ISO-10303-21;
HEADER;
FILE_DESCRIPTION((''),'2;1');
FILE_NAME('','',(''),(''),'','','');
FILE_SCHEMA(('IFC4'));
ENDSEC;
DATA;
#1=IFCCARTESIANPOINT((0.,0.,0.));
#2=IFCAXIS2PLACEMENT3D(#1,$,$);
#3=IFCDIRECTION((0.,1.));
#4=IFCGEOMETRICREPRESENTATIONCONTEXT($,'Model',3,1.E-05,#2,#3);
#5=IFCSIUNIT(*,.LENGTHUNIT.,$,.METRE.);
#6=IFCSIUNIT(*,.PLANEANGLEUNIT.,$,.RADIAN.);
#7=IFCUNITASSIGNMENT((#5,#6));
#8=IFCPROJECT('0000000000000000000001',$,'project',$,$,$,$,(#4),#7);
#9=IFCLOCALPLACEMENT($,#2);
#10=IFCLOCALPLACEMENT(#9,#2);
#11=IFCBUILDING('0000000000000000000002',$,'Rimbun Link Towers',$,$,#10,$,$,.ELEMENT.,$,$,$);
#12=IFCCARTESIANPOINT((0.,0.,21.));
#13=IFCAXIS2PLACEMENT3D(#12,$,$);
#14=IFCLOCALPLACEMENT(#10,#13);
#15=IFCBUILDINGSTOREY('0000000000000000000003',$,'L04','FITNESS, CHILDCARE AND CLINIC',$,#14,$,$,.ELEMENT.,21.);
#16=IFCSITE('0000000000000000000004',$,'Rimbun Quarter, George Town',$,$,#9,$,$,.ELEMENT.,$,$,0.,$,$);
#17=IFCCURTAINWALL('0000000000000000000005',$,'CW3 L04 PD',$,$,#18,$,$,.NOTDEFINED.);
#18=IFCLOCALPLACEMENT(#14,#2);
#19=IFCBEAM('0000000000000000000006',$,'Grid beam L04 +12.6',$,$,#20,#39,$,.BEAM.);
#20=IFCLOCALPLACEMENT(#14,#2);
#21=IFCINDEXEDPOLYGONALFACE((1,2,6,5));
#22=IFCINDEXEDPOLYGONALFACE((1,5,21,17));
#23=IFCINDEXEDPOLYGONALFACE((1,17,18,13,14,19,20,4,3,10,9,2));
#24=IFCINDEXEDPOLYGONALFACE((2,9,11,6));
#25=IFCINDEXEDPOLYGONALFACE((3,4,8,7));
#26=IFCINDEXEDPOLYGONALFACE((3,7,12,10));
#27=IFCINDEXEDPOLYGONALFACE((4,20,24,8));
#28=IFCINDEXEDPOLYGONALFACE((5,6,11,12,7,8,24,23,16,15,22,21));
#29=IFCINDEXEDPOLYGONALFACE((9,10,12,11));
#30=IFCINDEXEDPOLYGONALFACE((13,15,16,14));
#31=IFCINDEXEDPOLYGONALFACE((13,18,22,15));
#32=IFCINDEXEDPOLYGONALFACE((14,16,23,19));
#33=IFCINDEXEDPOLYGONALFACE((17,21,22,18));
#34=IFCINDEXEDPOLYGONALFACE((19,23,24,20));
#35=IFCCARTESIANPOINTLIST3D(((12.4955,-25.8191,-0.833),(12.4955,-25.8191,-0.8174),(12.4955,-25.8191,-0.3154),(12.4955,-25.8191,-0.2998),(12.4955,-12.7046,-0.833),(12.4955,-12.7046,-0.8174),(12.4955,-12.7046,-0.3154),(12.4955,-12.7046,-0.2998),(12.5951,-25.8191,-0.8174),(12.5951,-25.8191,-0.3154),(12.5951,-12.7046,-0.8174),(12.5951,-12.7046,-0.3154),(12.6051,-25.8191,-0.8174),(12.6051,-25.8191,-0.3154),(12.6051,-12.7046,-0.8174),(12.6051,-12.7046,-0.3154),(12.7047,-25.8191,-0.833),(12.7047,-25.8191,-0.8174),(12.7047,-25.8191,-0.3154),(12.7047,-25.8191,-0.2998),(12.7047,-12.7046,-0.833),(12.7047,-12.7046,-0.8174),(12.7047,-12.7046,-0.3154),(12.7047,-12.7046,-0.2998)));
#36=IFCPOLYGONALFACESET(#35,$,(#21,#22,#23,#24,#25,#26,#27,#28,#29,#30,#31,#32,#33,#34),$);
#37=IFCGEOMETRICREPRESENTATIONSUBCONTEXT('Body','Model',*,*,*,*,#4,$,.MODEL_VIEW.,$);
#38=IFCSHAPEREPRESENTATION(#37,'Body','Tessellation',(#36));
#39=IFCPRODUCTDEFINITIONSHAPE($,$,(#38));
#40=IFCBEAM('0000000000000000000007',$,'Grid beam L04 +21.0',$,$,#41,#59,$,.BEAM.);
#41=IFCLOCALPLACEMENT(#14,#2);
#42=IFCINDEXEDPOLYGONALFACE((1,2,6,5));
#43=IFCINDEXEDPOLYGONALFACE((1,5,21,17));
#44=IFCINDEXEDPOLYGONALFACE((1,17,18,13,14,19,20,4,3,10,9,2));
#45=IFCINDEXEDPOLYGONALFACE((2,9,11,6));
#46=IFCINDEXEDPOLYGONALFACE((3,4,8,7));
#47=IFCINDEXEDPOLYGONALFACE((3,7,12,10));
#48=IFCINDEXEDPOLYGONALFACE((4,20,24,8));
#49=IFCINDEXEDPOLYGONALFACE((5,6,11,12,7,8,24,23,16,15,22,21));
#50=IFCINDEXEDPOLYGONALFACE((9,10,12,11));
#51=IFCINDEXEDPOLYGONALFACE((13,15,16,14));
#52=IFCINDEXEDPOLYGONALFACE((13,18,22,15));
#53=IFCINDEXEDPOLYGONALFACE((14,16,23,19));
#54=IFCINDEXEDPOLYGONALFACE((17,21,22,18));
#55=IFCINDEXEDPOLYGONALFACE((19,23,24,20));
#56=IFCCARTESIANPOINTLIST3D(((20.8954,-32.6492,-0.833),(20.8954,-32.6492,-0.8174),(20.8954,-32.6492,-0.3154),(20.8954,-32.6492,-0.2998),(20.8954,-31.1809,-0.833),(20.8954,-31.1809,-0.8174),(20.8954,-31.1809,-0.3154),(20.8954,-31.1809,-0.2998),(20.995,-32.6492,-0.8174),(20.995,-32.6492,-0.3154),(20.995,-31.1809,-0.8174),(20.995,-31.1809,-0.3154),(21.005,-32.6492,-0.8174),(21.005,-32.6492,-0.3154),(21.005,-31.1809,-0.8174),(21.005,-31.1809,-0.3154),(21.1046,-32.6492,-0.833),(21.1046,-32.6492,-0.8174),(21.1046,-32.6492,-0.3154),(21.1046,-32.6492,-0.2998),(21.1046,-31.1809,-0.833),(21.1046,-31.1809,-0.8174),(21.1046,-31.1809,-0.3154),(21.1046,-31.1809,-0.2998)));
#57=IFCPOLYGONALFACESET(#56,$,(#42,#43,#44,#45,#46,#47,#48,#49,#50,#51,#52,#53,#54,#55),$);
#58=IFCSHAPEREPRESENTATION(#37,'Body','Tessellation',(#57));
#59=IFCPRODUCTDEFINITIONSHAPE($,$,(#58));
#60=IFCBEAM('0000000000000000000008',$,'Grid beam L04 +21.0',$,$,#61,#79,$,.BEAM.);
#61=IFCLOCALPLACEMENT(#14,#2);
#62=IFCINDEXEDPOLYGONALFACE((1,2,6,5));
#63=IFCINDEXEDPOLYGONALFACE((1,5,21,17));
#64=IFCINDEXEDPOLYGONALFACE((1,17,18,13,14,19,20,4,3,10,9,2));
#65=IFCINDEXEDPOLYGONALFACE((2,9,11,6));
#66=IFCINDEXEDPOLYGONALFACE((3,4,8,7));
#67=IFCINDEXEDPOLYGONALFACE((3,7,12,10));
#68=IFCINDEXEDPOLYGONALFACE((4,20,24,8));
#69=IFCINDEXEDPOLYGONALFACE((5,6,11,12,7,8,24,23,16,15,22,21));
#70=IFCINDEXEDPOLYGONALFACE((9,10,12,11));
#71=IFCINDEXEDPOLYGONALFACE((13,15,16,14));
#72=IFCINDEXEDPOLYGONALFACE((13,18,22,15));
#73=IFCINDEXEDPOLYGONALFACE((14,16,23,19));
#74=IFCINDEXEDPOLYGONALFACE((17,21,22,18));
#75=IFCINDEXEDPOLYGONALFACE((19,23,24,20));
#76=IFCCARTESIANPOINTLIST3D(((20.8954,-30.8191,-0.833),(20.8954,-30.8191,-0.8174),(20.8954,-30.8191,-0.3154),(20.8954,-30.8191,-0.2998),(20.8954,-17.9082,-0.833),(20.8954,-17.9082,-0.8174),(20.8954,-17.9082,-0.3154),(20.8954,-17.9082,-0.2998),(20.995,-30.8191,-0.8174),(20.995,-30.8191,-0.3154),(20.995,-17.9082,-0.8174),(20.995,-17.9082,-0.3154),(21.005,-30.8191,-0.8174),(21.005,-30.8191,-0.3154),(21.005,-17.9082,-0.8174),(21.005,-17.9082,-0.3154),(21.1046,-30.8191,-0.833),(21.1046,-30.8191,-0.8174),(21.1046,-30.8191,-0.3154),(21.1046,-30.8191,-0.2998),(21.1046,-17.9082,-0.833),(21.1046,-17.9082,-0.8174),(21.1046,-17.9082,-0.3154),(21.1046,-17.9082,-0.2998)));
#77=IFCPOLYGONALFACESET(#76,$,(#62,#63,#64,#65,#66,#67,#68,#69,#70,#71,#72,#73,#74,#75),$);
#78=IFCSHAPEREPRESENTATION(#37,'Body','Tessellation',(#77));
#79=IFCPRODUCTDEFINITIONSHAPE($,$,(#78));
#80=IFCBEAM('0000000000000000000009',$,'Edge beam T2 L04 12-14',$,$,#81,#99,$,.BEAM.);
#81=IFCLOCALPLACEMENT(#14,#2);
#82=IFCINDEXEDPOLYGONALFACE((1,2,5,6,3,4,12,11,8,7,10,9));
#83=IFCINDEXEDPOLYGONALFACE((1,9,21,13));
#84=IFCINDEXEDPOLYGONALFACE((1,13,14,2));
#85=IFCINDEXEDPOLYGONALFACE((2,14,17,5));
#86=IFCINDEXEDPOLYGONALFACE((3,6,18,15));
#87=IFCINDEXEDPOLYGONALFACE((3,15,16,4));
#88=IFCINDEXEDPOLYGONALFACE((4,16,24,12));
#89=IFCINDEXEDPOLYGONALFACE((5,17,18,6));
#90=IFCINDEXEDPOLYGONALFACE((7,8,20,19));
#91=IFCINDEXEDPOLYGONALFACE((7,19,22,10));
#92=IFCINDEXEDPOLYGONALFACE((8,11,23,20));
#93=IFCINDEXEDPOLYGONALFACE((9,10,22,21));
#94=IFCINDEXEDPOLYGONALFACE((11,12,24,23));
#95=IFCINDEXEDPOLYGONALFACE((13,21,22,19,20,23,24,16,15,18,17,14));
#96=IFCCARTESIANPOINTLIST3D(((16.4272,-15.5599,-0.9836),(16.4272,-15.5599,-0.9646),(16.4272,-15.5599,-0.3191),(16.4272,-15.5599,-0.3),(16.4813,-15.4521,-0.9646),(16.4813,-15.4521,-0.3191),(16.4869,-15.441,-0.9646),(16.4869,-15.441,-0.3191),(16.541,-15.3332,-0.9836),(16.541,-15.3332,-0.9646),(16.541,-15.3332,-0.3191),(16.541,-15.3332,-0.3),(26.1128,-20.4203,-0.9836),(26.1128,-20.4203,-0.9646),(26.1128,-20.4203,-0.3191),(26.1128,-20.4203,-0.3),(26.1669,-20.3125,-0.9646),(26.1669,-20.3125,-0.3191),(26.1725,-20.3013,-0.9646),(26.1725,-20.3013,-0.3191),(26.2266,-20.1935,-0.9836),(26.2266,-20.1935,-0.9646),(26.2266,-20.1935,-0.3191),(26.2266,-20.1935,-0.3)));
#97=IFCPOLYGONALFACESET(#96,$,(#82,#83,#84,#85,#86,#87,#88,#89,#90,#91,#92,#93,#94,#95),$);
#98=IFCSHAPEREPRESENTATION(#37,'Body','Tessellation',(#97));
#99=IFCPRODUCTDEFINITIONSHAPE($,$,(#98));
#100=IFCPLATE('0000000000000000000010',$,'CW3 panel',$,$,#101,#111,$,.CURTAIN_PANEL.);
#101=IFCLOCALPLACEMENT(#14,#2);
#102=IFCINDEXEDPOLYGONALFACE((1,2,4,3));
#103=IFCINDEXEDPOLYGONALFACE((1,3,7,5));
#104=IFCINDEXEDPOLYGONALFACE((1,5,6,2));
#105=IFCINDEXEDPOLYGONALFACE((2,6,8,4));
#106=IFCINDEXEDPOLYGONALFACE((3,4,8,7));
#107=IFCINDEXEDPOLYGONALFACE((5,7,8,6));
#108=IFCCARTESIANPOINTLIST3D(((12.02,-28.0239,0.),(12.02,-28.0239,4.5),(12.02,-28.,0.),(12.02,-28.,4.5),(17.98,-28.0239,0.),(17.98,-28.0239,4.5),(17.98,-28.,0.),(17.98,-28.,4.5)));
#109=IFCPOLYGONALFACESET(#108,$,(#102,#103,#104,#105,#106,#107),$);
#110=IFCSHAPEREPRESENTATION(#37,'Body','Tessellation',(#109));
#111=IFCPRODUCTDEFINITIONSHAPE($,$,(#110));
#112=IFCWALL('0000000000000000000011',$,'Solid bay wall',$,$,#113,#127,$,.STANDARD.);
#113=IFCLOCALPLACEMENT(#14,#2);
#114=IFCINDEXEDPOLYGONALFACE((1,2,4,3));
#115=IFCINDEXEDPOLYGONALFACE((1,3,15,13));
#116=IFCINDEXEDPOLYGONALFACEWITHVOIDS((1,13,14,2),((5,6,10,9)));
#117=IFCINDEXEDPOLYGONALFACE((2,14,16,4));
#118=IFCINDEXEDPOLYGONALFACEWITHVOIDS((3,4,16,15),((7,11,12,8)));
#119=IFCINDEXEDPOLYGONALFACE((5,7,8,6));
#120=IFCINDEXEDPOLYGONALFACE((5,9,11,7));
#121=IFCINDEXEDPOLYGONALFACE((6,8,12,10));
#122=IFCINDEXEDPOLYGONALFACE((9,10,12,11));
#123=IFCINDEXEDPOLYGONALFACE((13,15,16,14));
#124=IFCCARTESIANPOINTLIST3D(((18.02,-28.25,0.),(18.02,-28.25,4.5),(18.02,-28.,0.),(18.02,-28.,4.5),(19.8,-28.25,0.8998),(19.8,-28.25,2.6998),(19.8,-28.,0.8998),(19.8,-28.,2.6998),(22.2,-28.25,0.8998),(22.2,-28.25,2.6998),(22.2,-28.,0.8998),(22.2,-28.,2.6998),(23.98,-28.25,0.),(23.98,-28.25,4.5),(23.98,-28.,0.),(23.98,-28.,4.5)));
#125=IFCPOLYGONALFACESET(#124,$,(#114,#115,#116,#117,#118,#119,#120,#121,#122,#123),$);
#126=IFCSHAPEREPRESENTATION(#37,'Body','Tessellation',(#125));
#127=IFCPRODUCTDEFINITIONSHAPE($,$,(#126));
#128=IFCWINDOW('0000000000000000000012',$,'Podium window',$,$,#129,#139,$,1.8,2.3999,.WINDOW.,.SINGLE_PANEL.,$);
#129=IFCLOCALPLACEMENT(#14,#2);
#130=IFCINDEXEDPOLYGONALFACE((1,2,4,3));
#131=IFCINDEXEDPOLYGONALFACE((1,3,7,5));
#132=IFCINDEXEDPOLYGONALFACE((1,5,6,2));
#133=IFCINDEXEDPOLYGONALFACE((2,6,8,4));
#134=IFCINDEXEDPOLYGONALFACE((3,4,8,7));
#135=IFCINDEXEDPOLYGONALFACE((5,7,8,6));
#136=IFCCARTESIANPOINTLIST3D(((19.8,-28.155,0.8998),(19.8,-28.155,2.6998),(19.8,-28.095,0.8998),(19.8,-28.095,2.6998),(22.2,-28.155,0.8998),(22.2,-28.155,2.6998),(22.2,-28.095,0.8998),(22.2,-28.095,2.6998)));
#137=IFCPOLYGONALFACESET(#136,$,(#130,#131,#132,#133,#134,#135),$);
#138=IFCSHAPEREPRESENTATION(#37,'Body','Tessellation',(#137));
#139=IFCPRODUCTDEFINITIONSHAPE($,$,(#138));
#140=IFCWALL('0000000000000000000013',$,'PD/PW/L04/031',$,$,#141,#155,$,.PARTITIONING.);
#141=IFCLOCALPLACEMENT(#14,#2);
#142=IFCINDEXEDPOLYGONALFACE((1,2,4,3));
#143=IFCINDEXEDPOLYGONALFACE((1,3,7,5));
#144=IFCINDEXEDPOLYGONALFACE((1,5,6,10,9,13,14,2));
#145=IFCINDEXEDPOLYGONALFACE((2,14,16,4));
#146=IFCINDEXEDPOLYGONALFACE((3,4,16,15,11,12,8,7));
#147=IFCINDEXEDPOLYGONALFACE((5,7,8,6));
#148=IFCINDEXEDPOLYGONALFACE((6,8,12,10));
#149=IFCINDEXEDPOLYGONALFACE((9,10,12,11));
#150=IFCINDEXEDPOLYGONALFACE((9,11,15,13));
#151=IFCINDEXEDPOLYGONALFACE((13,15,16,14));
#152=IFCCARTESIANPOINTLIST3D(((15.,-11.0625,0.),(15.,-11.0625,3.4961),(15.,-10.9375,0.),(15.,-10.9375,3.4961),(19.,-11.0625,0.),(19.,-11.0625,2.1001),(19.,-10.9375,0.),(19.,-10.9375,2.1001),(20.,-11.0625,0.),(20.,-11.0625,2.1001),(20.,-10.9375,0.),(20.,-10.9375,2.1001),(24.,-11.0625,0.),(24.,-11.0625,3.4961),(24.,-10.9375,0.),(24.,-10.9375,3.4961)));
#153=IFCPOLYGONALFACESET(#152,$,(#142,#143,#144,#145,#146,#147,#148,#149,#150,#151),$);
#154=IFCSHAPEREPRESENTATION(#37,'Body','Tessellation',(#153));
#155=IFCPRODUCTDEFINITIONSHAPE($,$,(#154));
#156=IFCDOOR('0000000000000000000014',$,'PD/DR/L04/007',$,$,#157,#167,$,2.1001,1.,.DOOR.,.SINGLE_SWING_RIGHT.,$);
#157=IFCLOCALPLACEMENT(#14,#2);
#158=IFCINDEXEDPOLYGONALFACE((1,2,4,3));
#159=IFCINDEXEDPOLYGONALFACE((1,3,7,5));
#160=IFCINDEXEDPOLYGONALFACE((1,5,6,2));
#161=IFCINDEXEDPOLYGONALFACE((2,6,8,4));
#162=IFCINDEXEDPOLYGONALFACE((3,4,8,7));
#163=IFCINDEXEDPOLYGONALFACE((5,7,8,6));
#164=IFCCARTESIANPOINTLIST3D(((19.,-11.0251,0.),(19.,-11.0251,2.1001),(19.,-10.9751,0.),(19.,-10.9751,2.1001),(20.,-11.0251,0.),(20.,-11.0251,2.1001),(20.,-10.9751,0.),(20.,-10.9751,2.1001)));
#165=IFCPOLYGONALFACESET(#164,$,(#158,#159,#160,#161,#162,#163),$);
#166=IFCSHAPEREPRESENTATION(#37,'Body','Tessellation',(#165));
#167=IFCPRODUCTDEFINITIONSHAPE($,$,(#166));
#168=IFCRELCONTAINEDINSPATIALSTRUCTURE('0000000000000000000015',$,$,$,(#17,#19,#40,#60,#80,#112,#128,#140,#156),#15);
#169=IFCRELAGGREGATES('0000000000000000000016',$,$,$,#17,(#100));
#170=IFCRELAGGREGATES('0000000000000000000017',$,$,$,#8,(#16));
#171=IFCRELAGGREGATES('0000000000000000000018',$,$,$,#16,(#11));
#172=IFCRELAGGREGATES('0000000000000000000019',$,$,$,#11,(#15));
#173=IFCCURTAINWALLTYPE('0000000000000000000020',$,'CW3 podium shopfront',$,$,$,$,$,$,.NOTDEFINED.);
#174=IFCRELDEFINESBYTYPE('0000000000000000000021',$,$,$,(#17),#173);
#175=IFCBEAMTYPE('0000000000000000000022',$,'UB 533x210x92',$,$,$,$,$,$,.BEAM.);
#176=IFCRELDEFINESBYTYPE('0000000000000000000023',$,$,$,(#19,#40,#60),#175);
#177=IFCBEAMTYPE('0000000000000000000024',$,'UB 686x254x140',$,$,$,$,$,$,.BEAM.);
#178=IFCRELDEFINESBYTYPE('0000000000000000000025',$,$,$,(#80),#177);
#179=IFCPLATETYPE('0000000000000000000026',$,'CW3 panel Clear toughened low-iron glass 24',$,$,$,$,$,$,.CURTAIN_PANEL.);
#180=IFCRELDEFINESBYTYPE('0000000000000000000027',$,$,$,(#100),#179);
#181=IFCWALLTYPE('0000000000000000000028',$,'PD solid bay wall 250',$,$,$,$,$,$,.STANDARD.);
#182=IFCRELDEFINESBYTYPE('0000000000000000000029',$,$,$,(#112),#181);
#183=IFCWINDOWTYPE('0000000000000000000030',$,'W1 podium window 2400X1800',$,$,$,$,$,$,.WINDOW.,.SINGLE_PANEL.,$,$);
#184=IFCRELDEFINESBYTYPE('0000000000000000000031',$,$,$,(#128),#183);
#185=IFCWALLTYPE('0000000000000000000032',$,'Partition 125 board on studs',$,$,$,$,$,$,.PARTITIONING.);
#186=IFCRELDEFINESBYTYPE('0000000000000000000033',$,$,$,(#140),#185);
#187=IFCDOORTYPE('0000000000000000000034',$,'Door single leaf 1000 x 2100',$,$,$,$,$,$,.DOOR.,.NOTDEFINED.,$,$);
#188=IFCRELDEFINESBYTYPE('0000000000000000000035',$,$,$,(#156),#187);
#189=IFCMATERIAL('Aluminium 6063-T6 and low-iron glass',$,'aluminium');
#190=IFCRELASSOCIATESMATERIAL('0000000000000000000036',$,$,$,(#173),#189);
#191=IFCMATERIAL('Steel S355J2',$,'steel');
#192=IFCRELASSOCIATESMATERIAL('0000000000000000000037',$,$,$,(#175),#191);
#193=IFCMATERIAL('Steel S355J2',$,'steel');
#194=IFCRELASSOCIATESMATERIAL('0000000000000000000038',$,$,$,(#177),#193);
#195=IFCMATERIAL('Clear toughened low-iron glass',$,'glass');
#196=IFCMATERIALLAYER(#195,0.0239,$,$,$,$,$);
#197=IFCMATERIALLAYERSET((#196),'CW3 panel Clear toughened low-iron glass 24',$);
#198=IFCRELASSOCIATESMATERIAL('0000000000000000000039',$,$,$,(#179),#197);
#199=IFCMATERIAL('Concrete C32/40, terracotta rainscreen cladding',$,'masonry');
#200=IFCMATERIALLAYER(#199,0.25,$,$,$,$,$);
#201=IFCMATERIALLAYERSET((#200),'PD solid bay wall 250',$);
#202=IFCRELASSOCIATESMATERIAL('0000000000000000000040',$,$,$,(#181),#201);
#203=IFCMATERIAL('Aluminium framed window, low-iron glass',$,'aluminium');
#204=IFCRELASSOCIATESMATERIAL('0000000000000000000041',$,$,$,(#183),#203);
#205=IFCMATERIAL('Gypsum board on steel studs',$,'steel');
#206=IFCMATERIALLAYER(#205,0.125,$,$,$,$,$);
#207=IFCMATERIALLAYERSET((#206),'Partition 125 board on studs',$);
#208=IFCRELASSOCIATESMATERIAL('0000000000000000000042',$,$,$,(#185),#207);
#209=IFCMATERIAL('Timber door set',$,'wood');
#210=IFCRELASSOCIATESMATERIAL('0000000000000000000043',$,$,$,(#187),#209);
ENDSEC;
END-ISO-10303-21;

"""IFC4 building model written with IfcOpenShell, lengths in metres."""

from ifc_helpers import new_model, si_unit, direction, frame, frame_2d, origin, origin_2d, place, context, subcontext, project, spatial, rectangle, i_section, extrude, material, layer, layer_set, material_profile, profile_set, type_object, element, fill, aggregate, save


model = new_model("IFC4")

# Units and contexts
model_context = context("Model", 3, precision=1e-05, world=origin(), true_north=direction((0.0, 1.0)))
body_context = subcontext(model_context, "Body", "Model", "MODEL_VIEW")
ifc_project = project(units=[si_unit("LENGTHUNIT", "METRE"), si_unit("PLANEANGLEUNIT", "RADIAN")], contexts=[model_context])

# Site, building, storey
site_placement = place(None, origin())
site = spatial("IfcSite", under=ifc_project, at=site_placement, Name="Rimbun Quarter, George Town", CompositionType="ELEMENT", RefElevation=0.0)
building_placement = place(site_placement, origin())
building = spatial("IfcBuilding", under=site, at=building_placement, Name="Rimbun Link Towers", CompositionType="ELEMENT")
storey_placement = place(building_placement, frame((0.0, 0.0, 21.0)))
storey = spatial("IfcBuildingStorey", under=building, at=storey_placement, Name="L04", Description="FITNESS, CHILDCARE AND CLINIC", CompositionType="ELEMENT", Elevation=21.0)

# Curtain wall
ifc_material_1 = material(Name="Aluminium 6063-T6 and low-iron glass", Category="aluminium")
curtain_wall_type = type_object("IfcCurtainWallType", Name="CW3 podium shopfront", PredefinedType="NOTDEFINED", material=ifc_material_1)
curtain_wall_placement = place(storey_placement, origin())
curtain_wall = element("IfcCurtainWall", 1, at=curtain_wall_placement, inside=storey, type_object=curtain_wall_type, Name="CW3 L04 PD", PredefinedType="NOTDEFINED")

# Beams
ifc_material_2 = material(Name="Steel S355J2", Category="steel")
ifc_material_profile_1 = material_profile(ifc_material_2, i_section(OverallWidth=0.2092, OverallDepth=0.5332, WebThickness=0.01, FlangeThickness=0.0156, at=origin_2d()), Name="UB 533x210x92")
ifc_profile_set_1 = profile_set([ifc_material_profile_1], Name="Steel S355J2")
beam_type_1 = type_object("IfcBeamType", Name="UB 533x210x92", PredefinedType="BEAM", material=ifc_profile_set_1)
beam_1_placement = place(storey_placement, frame((12.6001, -25.8191, -0.5664), z_axis=(0.0, 1.0, 0.0), x_axis=(-1.0, 0.0, 0.0)))
element("IfcBeam", 2, at=beam_1_placement, inside=storey, type_object=beam_type_1, Name="Grid beam L04 +12.6", PredefinedType="BEAM", context=body_context, shape_type="SweptSolid", body=[
    extrude(i_section(OverallWidth=0.2092, OverallDepth=0.5332, WebThickness=0.01, FlangeThickness=0.0156, at=origin_2d()), origin(), (0.0, 0.0, 1.0), 13.1145),
])
beam_2_placement = place(storey_placement, frame((21.0, -32.6492, -0.5664), z_axis=(0.0, 1.0, 0.0), x_axis=(-1.0, 0.0, 0.0)))
element("IfcBeam", 3, at=beam_2_placement, inside=storey, type_object=beam_type_1, Name="Grid beam L04 +21.0", PredefinedType="BEAM", context=body_context, shape_type="SweptSolid", body=[
    extrude(i_section(OverallWidth=0.2092, OverallDepth=0.5332, WebThickness=0.01, FlangeThickness=0.0156, at=origin_2d()), origin(), (0.0, 0.0, 1.0), 1.4683),
])
beam_3_placement = place(storey_placement, frame((21.0, -30.8191, -0.5664), z_axis=(0.0, 1.0, 0.0), x_axis=(-1.0, 0.0, 0.0)))
element("IfcBeam", 4, at=beam_3_placement, inside=storey, type_object=beam_type_1, Name="Grid beam L04 +21.0", PredefinedType="BEAM", context=body_context, shape_type="SweptSolid", body=[
    extrude(i_section(OverallWidth=0.2092, OverallDepth=0.5332, WebThickness=0.01, FlangeThickness=0.0156, at=origin_2d()), origin(), (0.0, 0.0, 1.0), 12.9109),
])
ifc_material_3 = material(Name="Steel S355J2", Category="steel")
ifc_material_profile_2 = material_profile(ifc_material_3, i_section(OverallWidth=0.2537, OverallDepth=0.6836, WebThickness=0.0125, FlangeThickness=0.019, at=origin_2d()), Name="UB 686x254x140")
ifc_profile_set_2 = profile_set([ifc_material_profile_2], Name="Steel S355J2")
beam_type_2 = type_object("IfcBeamType", Name="UB 686x254x140", PredefinedType="BEAM", material=ifc_profile_set_2)
beam_4_placement = place(storey_placement, frame((16.4841, -15.4465, -0.6418), z_axis=(0.893777, -0.448511, 0.0), x_axis=(0.448511, 0.893777, 0.0)))
element("IfcBeam", 5, at=beam_4_placement, inside=storey, type_object=beam_type_2, Name="Edge beam T2 L04 12-14", PredefinedType="BEAM", context=body_context, shape_type="SweptSolid", body=[
    extrude(i_section(OverallWidth=0.2537, OverallDepth=0.6836, WebThickness=0.0125, FlangeThickness=0.019, at=origin_2d()), origin(), (0.0, 0.0, 1.0), 10.8367),
])

# Plate
ifc_material_4 = material(Name="Clear toughened low-iron glass", Category="glass")
ifc_layer_1 = layer(ifc_material_4, 0.0239)
ifc_layer_set_1 = layer_set([ifc_layer_1], Name="CW3 panel Clear toughened low-iron glass 24")
plate_type = type_object("IfcPlateType", Name="CW3 panel Clear toughened low-iron glass 24", PredefinedType="CURTAIN_PANEL", material=ifc_layer_set_1)
plate_placement = place(storey_placement, frame((15.0, -28.012, 0.0), z_axis=(0.0, 0.0, 1.0), x_axis=(-1.0, 0.0, 0.0)))
plate = element("IfcPlate", 6, at=plate_placement, type_object=plate_type, Name="CW3 panel", PredefinedType="CURTAIN_PANEL", context=body_context, shape_type="SweptSolid", body=[
    extrude(rectangle(XDim=5.96, YDim=0.0239, at=origin_2d()), origin(), (0.0, 0.0, 1.0), 4.5),
])
aggregate(curtain_wall, [plate])

# Wall, opening, window
ifc_material_5 = material(Name="Concrete C32/40, terracotta rainscreen cladding", Category="masonry")
ifc_layer_2 = layer(ifc_material_5, 0.25)
ifc_layer_set_2 = layer_set([ifc_layer_2], Name="PD solid bay wall 250")
wall_type_1 = type_object("IfcWallType", Name="PD solid bay wall 250", PredefinedType="STANDARD", material=ifc_layer_set_2)
wall_1_placement = place(storey_placement, frame((23.98, -28.125, 0.0), z_axis=(0.0, 0.0, 1.0), x_axis=(-1.0, 0.0, 0.0)))
wall_1 = element("IfcWall", 7, at=wall_1_placement, inside=storey, type_object=wall_type_1, Name="Solid bay wall", PredefinedType="STANDARD", context=body_context, shape_type="SweptSolid", body=[
    extrude(rectangle(XDim=5.96, YDim=0.25, at=frame_2d((2.98, 0.0))), origin(), (0.0, 0.0, 1.0), 4.5),
])
opening_1_placement = place(wall_1_placement, frame((1.78, 0.0, 0.8999)))
opening_1 = element("IfcOpeningElement", 8, at=opening_1_placement, cuts=wall_1, PredefinedType="OPENING", context=body_context, shape_type="SweptSolid", body=[
    extrude(rectangle(XDim=2.3999, YDim=1.8, at=frame_2d((1.2, 0.8999))), frame((0.0, 0.135, 0.0), z_axis=(0.0, -1.0, 0.0), x_axis=(1.0, 0.0, 0.0)), (0.0, 0.0, 1.0), 0.27),
])
ifc_material_6 = material(Name="Aluminium framed window, low-iron glass", Category="aluminium")
window_type = type_object("IfcWindowType", Name="W1 podium window 2400X1800", PartitioningType="SINGLE_PANEL", PredefinedType="WINDOW", material=ifc_material_6)
window_placement = place(opening_1_placement, origin())
window = element("IfcWindow", 9, at=window_placement, inside=storey, type_object=window_type, Name="Podium window", OverallHeight=1.8, OverallWidth=2.3999, PartitioningType="SINGLE_PANEL", PredefinedType="WINDOW", context=body_context, shape_type="SweptSolid", body=[
    extrude(rectangle(XDim=2.3999, YDim=1.8, at=frame_2d((1.2, 0.8999))), frame((0.0, 0.03, 0.0), z_axis=(0.0, -1.0, 0.0), x_axis=(1.0, 0.0, 0.0)), (0.0, 0.0, 1.0), 0.0601),
])
fill(opening_1, window)

# Wall, opening, door
ifc_material_7 = material(Name="Gypsum board on steel studs", Category="steel")
ifc_layer_3 = layer(ifc_material_7, 0.125)
ifc_layer_set_3 = layer_set([ifc_layer_3], Name="Partition 125 board on studs")
wall_type_2 = type_object("IfcWallType", Name="Partition 125 board on studs", PredefinedType="PARTITIONING", material=ifc_layer_set_3)
wall_2_placement = place(storey_placement, frame((15.0, -11.0, 0.0), z_axis=(0.0, 0.0, 1.0), x_axis=(1.0, 0.0, 0.0)))
wall_2 = element("IfcWall", 10, at=wall_2_placement, inside=storey, type_object=wall_type_2, Name="PD/PW/L04/031", PredefinedType="PARTITIONING", context=body_context, shape_type="SweptSolid", body=[
    extrude(rectangle(XDim=9.0, YDim=0.125, at=frame_2d((4.5, 0.0))), origin(), (0.0, 0.0, 1.0), 3.4961),
])
opening_2_placement = place(wall_2_placement, frame((4.0, 0.0, 0.0)))
opening_2 = element("IfcOpeningElement", 11, at=opening_2_placement, cuts=wall_2, PredefinedType="OPENING", context=body_context, shape_type="SweptSolid", body=[
    extrude(rectangle(XDim=1.0, YDim=2.1001, at=frame_2d((0.5, 1.05))), frame((0.0, 0.0725, 0.0), z_axis=(0.0, -1.0, 0.0), x_axis=(1.0, 0.0, 0.0)), (0.0, 0.0, 1.0), 0.145),
])
ifc_material_8 = material(Name="Timber door set", Category="wood")
door_type = type_object("IfcDoorType", Name="Door single leaf 1000 x 2100", OperationType="NOTDEFINED", PredefinedType="DOOR", material=ifc_material_8)
door_1_placement = place(opening_2_placement, origin())
door_1 = element("IfcDoor", 12, at=door_1_placement, inside=storey, type_object=door_type, Name="PD/DR/L04/007", OperationType="SINGLE_SWING_RIGHT", OverallHeight=2.1001, OverallWidth=1.0, PredefinedType="DOOR", context=body_context, shape_type="SweptSolid", body=[
    extrude(rectangle(XDim=1.0, YDim=2.1001, at=frame_2d((0.5, 1.05))), frame((0.0, 0.0249, 0.0), z_axis=(0.0, -1.0, 0.0), x_axis=(1.0, 0.0, 0.0)), (0.0, 0.0, 1.0), 0.05),
])
fill(opening_2, door_1)

save(model, "model.ifc")
